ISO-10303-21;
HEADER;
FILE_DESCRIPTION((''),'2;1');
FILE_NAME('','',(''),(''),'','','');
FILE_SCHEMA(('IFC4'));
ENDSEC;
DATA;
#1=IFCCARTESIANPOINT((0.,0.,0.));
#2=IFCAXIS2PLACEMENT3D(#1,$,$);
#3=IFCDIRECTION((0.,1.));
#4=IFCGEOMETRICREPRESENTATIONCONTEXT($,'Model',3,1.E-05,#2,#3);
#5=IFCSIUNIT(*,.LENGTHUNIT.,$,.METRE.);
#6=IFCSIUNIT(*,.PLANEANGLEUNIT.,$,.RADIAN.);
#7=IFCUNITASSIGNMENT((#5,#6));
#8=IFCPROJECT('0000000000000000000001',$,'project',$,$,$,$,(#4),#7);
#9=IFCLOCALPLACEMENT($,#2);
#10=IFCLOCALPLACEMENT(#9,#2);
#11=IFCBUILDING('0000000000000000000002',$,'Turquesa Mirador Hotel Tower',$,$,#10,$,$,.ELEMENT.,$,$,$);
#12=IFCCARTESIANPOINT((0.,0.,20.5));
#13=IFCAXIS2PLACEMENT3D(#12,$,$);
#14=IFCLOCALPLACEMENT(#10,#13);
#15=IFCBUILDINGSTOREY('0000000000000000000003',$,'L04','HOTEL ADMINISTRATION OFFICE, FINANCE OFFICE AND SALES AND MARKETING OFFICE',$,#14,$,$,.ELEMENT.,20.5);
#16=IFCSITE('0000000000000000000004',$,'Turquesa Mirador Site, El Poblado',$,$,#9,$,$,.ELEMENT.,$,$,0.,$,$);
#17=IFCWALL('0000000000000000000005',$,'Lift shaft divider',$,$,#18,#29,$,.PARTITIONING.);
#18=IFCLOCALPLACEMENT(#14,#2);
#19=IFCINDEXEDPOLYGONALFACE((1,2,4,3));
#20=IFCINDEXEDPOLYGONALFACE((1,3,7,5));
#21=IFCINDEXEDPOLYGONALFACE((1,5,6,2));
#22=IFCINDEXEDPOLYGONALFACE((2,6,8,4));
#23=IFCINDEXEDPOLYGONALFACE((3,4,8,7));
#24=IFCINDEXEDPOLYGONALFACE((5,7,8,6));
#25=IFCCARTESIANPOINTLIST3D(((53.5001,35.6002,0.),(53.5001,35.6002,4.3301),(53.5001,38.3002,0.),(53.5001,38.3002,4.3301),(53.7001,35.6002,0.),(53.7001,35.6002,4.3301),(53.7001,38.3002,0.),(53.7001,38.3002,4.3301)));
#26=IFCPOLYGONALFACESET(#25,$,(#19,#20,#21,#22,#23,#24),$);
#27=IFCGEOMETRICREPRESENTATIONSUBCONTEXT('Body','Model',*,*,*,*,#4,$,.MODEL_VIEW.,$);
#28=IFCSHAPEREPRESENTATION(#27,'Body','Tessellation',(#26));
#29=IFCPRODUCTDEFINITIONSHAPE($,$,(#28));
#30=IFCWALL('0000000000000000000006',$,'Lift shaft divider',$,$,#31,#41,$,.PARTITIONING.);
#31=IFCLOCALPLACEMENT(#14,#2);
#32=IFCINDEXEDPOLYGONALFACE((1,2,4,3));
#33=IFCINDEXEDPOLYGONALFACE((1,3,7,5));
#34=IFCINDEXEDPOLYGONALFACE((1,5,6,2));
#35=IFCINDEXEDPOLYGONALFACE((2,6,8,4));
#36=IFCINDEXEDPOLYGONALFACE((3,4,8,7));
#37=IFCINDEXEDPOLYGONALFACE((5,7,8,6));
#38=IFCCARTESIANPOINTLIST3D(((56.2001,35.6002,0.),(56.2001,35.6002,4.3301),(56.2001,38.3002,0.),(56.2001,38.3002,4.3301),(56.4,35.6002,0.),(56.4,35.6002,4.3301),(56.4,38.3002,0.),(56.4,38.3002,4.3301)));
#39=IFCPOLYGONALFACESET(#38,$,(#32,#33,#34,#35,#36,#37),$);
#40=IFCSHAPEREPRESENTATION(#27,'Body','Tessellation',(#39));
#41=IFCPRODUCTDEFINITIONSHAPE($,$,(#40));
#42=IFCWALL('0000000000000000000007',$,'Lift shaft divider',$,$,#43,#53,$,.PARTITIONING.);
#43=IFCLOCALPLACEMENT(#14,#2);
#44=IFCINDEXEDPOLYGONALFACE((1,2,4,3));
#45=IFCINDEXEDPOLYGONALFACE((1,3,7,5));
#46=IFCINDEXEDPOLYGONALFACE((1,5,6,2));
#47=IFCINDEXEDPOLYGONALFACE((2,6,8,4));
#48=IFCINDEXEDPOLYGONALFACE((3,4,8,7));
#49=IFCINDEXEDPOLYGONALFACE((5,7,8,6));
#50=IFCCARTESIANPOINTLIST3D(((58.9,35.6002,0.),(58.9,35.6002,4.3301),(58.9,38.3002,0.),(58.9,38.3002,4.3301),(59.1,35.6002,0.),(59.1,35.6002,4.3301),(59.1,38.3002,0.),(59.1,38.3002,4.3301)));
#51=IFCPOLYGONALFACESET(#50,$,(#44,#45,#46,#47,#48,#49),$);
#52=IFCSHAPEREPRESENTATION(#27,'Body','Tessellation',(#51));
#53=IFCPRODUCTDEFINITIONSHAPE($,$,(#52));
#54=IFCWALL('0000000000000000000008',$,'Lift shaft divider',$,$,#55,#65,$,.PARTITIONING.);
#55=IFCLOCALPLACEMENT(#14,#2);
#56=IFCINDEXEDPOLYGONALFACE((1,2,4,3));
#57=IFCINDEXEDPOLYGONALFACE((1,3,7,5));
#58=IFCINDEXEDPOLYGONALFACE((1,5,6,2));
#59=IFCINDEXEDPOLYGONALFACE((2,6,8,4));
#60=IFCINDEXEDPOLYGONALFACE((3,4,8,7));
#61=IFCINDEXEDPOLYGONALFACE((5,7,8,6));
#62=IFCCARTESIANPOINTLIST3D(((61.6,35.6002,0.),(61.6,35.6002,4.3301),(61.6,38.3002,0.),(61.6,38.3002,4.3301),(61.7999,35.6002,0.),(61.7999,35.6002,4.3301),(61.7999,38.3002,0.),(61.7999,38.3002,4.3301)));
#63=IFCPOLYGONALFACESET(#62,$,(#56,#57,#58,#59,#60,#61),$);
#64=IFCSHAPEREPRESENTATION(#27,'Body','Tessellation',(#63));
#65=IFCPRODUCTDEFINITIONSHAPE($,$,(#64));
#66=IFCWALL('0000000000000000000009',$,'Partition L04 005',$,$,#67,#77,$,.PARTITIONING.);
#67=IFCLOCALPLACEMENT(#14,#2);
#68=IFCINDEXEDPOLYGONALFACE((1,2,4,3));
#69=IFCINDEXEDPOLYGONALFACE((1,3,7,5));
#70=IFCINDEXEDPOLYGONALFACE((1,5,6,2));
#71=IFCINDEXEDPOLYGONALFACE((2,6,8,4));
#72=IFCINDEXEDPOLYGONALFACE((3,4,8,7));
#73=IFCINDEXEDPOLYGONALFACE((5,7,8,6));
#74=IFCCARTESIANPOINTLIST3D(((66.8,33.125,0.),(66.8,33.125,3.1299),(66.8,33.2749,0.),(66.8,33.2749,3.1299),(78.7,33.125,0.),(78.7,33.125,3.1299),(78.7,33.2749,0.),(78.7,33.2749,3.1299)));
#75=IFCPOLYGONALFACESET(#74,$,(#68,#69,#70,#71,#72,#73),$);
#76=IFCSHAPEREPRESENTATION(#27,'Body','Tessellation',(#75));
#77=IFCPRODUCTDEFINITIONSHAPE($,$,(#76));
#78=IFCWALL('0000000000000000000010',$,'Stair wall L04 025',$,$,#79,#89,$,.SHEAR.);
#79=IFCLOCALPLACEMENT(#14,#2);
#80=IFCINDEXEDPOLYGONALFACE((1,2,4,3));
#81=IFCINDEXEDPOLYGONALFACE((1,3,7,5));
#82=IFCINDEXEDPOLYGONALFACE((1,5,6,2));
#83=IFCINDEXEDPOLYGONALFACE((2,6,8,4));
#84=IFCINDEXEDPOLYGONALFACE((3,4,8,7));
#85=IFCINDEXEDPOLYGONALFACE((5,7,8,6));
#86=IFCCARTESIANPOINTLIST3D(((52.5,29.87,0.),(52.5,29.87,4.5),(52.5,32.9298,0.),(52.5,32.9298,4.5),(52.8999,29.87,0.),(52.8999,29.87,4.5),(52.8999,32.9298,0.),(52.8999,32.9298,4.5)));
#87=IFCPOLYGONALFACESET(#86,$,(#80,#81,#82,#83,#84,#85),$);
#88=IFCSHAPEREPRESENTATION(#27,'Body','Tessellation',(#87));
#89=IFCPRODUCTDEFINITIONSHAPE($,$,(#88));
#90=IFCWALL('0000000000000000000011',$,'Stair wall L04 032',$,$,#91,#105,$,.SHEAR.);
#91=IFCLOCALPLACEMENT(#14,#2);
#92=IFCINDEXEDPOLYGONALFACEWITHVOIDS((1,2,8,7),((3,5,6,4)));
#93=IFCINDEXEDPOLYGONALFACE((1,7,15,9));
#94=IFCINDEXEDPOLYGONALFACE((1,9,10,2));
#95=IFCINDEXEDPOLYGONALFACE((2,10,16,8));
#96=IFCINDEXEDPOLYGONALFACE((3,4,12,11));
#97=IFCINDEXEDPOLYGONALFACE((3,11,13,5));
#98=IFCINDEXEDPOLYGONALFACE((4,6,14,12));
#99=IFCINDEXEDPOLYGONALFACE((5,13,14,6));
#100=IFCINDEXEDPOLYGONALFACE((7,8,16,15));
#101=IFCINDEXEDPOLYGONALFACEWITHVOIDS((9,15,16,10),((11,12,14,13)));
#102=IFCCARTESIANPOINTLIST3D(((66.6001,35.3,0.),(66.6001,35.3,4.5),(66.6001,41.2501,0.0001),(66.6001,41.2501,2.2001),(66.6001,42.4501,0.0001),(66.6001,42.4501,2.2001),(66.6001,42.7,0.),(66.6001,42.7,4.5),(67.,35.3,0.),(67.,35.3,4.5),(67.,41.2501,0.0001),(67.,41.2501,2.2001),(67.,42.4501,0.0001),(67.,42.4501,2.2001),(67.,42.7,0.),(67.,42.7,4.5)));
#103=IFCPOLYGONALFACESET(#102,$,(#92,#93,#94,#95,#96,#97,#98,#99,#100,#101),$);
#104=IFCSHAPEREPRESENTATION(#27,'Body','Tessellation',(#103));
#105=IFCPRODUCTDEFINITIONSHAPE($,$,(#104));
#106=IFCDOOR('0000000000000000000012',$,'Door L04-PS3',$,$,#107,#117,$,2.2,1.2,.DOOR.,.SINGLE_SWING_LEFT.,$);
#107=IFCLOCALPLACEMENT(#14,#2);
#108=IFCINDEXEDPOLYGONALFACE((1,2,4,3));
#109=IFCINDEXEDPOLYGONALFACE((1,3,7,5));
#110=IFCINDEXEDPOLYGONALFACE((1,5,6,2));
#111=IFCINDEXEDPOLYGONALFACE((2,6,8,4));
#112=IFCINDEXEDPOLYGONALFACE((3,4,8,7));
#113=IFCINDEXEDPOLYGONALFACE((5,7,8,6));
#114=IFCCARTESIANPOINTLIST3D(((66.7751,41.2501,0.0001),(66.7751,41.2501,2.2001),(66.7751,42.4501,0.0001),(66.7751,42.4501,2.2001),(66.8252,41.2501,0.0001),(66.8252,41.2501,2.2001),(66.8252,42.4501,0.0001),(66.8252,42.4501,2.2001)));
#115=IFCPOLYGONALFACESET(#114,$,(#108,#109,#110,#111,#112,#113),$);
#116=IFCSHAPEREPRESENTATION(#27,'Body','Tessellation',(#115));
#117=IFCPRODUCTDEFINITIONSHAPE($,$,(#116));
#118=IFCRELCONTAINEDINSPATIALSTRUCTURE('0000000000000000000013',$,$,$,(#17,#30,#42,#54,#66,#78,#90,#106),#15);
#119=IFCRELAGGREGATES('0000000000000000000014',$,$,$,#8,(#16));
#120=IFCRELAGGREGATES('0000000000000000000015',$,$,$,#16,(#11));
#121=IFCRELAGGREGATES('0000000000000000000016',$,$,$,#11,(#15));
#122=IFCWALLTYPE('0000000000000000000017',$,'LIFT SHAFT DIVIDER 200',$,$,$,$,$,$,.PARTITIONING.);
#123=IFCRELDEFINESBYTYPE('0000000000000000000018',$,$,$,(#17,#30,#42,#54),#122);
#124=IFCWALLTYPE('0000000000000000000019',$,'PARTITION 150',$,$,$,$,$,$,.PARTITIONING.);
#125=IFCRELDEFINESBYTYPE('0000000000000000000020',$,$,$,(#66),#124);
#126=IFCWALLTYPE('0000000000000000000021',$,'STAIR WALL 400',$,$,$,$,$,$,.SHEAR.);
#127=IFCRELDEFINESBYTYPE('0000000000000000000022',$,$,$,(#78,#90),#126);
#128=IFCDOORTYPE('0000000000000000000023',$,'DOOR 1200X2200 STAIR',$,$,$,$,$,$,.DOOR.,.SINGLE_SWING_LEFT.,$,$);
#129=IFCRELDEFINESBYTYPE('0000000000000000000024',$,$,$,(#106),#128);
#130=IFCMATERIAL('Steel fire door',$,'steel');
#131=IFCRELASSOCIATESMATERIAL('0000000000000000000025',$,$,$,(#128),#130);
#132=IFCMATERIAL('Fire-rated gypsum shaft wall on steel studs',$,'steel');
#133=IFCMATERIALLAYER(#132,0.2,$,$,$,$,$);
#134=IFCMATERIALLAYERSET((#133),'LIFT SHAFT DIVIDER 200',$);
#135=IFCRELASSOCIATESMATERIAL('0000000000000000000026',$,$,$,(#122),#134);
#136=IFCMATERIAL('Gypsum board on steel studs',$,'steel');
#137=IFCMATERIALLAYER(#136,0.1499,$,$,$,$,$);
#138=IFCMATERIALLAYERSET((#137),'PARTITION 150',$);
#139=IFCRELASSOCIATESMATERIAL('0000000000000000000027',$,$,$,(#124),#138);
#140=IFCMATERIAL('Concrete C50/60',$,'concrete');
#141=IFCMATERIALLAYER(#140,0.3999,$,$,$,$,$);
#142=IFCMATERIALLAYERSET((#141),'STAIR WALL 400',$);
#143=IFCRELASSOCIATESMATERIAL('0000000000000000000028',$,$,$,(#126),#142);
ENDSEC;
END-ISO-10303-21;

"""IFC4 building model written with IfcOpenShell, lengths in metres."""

from ifc_helpers import new_model, si_unit, direction, frame, frame_2d, origin, place, context, subcontext, project, spatial, rectangle, extrude, material, layer, layer_set, type_object, element, fill, save


model = new_model("IFC4")

# Units and contexts
model_context = context("Model", 3, precision=1e-05, world=origin(), true_north=direction((0.0, 1.0)))
body_context = subcontext(model_context, "Body", "Model", "MODEL_VIEW")
ifc_project = project(units=[si_unit("LENGTHUNIT", "METRE"), si_unit("PLANEANGLEUNIT", "RADIAN")], contexts=[model_context])

# Site, building, storey
site_placement = place(None, origin())
site = spatial("IfcSite", under=ifc_project, at=site_placement, Name="Turquesa Mirador Site, El Poblado", CompositionType="ELEMENT", RefElevation=0.0)
building_placement = place(site_placement, origin())
building = spatial("IfcBuilding", under=site, at=building_placement, Name="Turquesa Mirador Hotel Tower", CompositionType="ELEMENT")
storey_placement = place(building_placement, frame((0.0, 0.0, 20.5)))
storey = spatial("IfcBuildingStorey", under=building, at=storey_placement, Name="L04", Description="HOTEL ADMINISTRATION OFFICE, FINANCE OFFICE AND SALES AND MARKETING OFFICE", CompositionType="ELEMENT", Elevation=20.5)

# Shared definitions
ifc_material_1 = material(Name="Steel fire door", Category="steel")
door_type_1 = type_object("IfcDoorType", Name="DOOR 1200X2200 STAIR", OperationType="SINGLE_SWING_LEFT", PredefinedType="DOOR", material=ifc_material_1)

# Walls
ifc_material_2 = material(Name="Fire-rated gypsum shaft wall on steel studs", Category="steel")
ifc_layer_1 = layer(ifc_material_2, 0.2)
ifc_layer_set_1 = layer_set([ifc_layer_1], Name="LIFT SHAFT DIVIDER 200")
wall_type_1 = type_object("IfcWallType", Name="LIFT SHAFT DIVIDER 200", PredefinedType="PARTITIONING", material=ifc_layer_set_1)
for number, where, z_axis, x_axis, name in (
    (1, (53.6001, 35.6001, 0.0), (0.0, 0.0, 1.0), (0.0, 1.0, 0.0), "Lift shaft divider"),
    (2, (56.3, 35.6001, 0.0), (0.0, 0.0, 1.0), (0.0, 1.0, 0.0), "Lift shaft divider"),
    (3, (59.0, 35.6001, 0.0), (0.0, 0.0, 1.0), (0.0, 1.0, 0.0), "Lift shaft divider"),
    (4, (61.7, 35.6001, 0.0), (0.0, 0.0, 1.0), (0.0, 1.0, 0.0), "Lift shaft divider"),
):
    element("IfcWall", number, at=place(storey_placement, frame(where, z_axis=z_axis, x_axis=x_axis)), inside=storey, type_object=wall_type_1, Name=name, PredefinedType="PARTITIONING", context=body_context, shape_type="SweptSolid", body=[
        extrude(rectangle(XDim=2.7, YDim=0.2, at=frame_2d((1.3501, 0.0))), origin(), (0.0, 0.0, 1.0), 4.3301),
    ])
ifc_material_3 = material(Name="Gypsum board on steel studs", Category="steel")
ifc_layer_2 = layer(ifc_material_3, 0.1499)
ifc_layer_set_2 = layer_set([ifc_layer_2], Name="PARTITION 150")
wall_type_2 = type_object("IfcWallType", Name="PARTITION 150", PredefinedType="PARTITIONING", material=ifc_layer_set_2)
wall_1_placement = place(storey_placement, frame((66.8, 33.2, 0.0), z_axis=(0.0, 0.0, 1.0), x_axis=(1.0, 0.0, 0.0)))
element("IfcWall", 5, at=wall_1_placement, inside=storey, type_object=wall_type_2, Name="Partition L04 005", PredefinedType="PARTITIONING", context=body_context, shape_type="SweptSolid", body=[
    extrude(rectangle(XDim=11.8999, YDim=0.1499, at=frame_2d((5.95, 0.0))), origin(), (0.0, 0.0, 1.0), 3.1299),
])
ifc_material_4 = material(Name="Concrete C50/60", Category="concrete")
ifc_layer_3 = layer(ifc_material_4, 0.3999)
ifc_layer_set_3 = layer_set([ifc_layer_3], Name="STAIR WALL 400")
wall_type_3 = type_object("IfcWallType", Name="STAIR WALL 400", PredefinedType="SHEAR", material=ifc_layer_set_3)
wall_2_placement = place(storey_placement, frame((52.7, 29.8701, 0.0), z_axis=(0.0, 0.0, 1.0), x_axis=(0.0, 1.0, 0.0)))
element("IfcWall", 6, at=wall_2_placement, inside=storey, type_object=wall_type_3, Name="Stair wall L04 025", PredefinedType="SHEAR", context=body_context, shape_type="SweptSolid", body=[
    extrude(rectangle(XDim=3.0598, YDim=0.3999, at=frame_2d((1.5298, 0.0))), origin(), (0.0, 0.0, 1.0), 4.5),
])

# Wall, opening, door
wall_3_placement = place(storey_placement, frame((66.8, 35.3, 0.0), z_axis=(0.0, 0.0, 1.0), x_axis=(0.0, 1.0, 0.0)))
wall_3 = element("IfcWall", 7, at=wall_3_placement, inside=storey, type_object=wall_type_3, Name="Stair wall L04 032", PredefinedType="SHEAR", context=body_context, shape_type="SweptSolid", body=[
    extrude(rectangle(XDim=7.3999, YDim=0.3999, at=frame_2d((3.7, 0.0))), origin(), (0.0, 0.0, 1.0), 4.5),
])
opening_1_placement = place(wall_3_placement, frame((5.95, 0.0, 0.0)))
opening_1 = element("IfcOpeningElement", 8, at=opening_1_placement, cuts=wall_3, PredefinedType="OPENING", context=body_context, shape_type="SweptSolid", body=[
    extrude(rectangle(XDim=1.2, YDim=2.2, at=frame_2d((0.6001, 1.1001))), frame((0.0, 0.21, 0.0), z_axis=(0.0, -1.0, 0.0), x_axis=(1.0, 0.0, 0.0)), (0.0, 0.0, 1.0), 0.4199),
])
door_1_placement = place(opening_1_placement, origin())
door_1 = element("IfcDoor", 9, at=door_1_placement, inside=storey, type_object=door_type_1, Name="Door L04-PS3", OperationType="SINGLE_SWING_LEFT", OverallHeight=2.2, OverallWidth=1.2, PredefinedType="DOOR", context=body_context, shape_type="SweptSolid", body=[
    extrude(rectangle(XDim=1.2, YDim=2.2, at=frame_2d((0.6001, 1.1001))), frame((0.0, 0.0249, 0.0), z_axis=(0.0, -1.0, 0.0), x_axis=(1.0, 0.0, 0.0)), (0.0, 0.0, 1.0), 0.05),
])
fill(opening_1, door_1)

save(model, "model.ifc")
